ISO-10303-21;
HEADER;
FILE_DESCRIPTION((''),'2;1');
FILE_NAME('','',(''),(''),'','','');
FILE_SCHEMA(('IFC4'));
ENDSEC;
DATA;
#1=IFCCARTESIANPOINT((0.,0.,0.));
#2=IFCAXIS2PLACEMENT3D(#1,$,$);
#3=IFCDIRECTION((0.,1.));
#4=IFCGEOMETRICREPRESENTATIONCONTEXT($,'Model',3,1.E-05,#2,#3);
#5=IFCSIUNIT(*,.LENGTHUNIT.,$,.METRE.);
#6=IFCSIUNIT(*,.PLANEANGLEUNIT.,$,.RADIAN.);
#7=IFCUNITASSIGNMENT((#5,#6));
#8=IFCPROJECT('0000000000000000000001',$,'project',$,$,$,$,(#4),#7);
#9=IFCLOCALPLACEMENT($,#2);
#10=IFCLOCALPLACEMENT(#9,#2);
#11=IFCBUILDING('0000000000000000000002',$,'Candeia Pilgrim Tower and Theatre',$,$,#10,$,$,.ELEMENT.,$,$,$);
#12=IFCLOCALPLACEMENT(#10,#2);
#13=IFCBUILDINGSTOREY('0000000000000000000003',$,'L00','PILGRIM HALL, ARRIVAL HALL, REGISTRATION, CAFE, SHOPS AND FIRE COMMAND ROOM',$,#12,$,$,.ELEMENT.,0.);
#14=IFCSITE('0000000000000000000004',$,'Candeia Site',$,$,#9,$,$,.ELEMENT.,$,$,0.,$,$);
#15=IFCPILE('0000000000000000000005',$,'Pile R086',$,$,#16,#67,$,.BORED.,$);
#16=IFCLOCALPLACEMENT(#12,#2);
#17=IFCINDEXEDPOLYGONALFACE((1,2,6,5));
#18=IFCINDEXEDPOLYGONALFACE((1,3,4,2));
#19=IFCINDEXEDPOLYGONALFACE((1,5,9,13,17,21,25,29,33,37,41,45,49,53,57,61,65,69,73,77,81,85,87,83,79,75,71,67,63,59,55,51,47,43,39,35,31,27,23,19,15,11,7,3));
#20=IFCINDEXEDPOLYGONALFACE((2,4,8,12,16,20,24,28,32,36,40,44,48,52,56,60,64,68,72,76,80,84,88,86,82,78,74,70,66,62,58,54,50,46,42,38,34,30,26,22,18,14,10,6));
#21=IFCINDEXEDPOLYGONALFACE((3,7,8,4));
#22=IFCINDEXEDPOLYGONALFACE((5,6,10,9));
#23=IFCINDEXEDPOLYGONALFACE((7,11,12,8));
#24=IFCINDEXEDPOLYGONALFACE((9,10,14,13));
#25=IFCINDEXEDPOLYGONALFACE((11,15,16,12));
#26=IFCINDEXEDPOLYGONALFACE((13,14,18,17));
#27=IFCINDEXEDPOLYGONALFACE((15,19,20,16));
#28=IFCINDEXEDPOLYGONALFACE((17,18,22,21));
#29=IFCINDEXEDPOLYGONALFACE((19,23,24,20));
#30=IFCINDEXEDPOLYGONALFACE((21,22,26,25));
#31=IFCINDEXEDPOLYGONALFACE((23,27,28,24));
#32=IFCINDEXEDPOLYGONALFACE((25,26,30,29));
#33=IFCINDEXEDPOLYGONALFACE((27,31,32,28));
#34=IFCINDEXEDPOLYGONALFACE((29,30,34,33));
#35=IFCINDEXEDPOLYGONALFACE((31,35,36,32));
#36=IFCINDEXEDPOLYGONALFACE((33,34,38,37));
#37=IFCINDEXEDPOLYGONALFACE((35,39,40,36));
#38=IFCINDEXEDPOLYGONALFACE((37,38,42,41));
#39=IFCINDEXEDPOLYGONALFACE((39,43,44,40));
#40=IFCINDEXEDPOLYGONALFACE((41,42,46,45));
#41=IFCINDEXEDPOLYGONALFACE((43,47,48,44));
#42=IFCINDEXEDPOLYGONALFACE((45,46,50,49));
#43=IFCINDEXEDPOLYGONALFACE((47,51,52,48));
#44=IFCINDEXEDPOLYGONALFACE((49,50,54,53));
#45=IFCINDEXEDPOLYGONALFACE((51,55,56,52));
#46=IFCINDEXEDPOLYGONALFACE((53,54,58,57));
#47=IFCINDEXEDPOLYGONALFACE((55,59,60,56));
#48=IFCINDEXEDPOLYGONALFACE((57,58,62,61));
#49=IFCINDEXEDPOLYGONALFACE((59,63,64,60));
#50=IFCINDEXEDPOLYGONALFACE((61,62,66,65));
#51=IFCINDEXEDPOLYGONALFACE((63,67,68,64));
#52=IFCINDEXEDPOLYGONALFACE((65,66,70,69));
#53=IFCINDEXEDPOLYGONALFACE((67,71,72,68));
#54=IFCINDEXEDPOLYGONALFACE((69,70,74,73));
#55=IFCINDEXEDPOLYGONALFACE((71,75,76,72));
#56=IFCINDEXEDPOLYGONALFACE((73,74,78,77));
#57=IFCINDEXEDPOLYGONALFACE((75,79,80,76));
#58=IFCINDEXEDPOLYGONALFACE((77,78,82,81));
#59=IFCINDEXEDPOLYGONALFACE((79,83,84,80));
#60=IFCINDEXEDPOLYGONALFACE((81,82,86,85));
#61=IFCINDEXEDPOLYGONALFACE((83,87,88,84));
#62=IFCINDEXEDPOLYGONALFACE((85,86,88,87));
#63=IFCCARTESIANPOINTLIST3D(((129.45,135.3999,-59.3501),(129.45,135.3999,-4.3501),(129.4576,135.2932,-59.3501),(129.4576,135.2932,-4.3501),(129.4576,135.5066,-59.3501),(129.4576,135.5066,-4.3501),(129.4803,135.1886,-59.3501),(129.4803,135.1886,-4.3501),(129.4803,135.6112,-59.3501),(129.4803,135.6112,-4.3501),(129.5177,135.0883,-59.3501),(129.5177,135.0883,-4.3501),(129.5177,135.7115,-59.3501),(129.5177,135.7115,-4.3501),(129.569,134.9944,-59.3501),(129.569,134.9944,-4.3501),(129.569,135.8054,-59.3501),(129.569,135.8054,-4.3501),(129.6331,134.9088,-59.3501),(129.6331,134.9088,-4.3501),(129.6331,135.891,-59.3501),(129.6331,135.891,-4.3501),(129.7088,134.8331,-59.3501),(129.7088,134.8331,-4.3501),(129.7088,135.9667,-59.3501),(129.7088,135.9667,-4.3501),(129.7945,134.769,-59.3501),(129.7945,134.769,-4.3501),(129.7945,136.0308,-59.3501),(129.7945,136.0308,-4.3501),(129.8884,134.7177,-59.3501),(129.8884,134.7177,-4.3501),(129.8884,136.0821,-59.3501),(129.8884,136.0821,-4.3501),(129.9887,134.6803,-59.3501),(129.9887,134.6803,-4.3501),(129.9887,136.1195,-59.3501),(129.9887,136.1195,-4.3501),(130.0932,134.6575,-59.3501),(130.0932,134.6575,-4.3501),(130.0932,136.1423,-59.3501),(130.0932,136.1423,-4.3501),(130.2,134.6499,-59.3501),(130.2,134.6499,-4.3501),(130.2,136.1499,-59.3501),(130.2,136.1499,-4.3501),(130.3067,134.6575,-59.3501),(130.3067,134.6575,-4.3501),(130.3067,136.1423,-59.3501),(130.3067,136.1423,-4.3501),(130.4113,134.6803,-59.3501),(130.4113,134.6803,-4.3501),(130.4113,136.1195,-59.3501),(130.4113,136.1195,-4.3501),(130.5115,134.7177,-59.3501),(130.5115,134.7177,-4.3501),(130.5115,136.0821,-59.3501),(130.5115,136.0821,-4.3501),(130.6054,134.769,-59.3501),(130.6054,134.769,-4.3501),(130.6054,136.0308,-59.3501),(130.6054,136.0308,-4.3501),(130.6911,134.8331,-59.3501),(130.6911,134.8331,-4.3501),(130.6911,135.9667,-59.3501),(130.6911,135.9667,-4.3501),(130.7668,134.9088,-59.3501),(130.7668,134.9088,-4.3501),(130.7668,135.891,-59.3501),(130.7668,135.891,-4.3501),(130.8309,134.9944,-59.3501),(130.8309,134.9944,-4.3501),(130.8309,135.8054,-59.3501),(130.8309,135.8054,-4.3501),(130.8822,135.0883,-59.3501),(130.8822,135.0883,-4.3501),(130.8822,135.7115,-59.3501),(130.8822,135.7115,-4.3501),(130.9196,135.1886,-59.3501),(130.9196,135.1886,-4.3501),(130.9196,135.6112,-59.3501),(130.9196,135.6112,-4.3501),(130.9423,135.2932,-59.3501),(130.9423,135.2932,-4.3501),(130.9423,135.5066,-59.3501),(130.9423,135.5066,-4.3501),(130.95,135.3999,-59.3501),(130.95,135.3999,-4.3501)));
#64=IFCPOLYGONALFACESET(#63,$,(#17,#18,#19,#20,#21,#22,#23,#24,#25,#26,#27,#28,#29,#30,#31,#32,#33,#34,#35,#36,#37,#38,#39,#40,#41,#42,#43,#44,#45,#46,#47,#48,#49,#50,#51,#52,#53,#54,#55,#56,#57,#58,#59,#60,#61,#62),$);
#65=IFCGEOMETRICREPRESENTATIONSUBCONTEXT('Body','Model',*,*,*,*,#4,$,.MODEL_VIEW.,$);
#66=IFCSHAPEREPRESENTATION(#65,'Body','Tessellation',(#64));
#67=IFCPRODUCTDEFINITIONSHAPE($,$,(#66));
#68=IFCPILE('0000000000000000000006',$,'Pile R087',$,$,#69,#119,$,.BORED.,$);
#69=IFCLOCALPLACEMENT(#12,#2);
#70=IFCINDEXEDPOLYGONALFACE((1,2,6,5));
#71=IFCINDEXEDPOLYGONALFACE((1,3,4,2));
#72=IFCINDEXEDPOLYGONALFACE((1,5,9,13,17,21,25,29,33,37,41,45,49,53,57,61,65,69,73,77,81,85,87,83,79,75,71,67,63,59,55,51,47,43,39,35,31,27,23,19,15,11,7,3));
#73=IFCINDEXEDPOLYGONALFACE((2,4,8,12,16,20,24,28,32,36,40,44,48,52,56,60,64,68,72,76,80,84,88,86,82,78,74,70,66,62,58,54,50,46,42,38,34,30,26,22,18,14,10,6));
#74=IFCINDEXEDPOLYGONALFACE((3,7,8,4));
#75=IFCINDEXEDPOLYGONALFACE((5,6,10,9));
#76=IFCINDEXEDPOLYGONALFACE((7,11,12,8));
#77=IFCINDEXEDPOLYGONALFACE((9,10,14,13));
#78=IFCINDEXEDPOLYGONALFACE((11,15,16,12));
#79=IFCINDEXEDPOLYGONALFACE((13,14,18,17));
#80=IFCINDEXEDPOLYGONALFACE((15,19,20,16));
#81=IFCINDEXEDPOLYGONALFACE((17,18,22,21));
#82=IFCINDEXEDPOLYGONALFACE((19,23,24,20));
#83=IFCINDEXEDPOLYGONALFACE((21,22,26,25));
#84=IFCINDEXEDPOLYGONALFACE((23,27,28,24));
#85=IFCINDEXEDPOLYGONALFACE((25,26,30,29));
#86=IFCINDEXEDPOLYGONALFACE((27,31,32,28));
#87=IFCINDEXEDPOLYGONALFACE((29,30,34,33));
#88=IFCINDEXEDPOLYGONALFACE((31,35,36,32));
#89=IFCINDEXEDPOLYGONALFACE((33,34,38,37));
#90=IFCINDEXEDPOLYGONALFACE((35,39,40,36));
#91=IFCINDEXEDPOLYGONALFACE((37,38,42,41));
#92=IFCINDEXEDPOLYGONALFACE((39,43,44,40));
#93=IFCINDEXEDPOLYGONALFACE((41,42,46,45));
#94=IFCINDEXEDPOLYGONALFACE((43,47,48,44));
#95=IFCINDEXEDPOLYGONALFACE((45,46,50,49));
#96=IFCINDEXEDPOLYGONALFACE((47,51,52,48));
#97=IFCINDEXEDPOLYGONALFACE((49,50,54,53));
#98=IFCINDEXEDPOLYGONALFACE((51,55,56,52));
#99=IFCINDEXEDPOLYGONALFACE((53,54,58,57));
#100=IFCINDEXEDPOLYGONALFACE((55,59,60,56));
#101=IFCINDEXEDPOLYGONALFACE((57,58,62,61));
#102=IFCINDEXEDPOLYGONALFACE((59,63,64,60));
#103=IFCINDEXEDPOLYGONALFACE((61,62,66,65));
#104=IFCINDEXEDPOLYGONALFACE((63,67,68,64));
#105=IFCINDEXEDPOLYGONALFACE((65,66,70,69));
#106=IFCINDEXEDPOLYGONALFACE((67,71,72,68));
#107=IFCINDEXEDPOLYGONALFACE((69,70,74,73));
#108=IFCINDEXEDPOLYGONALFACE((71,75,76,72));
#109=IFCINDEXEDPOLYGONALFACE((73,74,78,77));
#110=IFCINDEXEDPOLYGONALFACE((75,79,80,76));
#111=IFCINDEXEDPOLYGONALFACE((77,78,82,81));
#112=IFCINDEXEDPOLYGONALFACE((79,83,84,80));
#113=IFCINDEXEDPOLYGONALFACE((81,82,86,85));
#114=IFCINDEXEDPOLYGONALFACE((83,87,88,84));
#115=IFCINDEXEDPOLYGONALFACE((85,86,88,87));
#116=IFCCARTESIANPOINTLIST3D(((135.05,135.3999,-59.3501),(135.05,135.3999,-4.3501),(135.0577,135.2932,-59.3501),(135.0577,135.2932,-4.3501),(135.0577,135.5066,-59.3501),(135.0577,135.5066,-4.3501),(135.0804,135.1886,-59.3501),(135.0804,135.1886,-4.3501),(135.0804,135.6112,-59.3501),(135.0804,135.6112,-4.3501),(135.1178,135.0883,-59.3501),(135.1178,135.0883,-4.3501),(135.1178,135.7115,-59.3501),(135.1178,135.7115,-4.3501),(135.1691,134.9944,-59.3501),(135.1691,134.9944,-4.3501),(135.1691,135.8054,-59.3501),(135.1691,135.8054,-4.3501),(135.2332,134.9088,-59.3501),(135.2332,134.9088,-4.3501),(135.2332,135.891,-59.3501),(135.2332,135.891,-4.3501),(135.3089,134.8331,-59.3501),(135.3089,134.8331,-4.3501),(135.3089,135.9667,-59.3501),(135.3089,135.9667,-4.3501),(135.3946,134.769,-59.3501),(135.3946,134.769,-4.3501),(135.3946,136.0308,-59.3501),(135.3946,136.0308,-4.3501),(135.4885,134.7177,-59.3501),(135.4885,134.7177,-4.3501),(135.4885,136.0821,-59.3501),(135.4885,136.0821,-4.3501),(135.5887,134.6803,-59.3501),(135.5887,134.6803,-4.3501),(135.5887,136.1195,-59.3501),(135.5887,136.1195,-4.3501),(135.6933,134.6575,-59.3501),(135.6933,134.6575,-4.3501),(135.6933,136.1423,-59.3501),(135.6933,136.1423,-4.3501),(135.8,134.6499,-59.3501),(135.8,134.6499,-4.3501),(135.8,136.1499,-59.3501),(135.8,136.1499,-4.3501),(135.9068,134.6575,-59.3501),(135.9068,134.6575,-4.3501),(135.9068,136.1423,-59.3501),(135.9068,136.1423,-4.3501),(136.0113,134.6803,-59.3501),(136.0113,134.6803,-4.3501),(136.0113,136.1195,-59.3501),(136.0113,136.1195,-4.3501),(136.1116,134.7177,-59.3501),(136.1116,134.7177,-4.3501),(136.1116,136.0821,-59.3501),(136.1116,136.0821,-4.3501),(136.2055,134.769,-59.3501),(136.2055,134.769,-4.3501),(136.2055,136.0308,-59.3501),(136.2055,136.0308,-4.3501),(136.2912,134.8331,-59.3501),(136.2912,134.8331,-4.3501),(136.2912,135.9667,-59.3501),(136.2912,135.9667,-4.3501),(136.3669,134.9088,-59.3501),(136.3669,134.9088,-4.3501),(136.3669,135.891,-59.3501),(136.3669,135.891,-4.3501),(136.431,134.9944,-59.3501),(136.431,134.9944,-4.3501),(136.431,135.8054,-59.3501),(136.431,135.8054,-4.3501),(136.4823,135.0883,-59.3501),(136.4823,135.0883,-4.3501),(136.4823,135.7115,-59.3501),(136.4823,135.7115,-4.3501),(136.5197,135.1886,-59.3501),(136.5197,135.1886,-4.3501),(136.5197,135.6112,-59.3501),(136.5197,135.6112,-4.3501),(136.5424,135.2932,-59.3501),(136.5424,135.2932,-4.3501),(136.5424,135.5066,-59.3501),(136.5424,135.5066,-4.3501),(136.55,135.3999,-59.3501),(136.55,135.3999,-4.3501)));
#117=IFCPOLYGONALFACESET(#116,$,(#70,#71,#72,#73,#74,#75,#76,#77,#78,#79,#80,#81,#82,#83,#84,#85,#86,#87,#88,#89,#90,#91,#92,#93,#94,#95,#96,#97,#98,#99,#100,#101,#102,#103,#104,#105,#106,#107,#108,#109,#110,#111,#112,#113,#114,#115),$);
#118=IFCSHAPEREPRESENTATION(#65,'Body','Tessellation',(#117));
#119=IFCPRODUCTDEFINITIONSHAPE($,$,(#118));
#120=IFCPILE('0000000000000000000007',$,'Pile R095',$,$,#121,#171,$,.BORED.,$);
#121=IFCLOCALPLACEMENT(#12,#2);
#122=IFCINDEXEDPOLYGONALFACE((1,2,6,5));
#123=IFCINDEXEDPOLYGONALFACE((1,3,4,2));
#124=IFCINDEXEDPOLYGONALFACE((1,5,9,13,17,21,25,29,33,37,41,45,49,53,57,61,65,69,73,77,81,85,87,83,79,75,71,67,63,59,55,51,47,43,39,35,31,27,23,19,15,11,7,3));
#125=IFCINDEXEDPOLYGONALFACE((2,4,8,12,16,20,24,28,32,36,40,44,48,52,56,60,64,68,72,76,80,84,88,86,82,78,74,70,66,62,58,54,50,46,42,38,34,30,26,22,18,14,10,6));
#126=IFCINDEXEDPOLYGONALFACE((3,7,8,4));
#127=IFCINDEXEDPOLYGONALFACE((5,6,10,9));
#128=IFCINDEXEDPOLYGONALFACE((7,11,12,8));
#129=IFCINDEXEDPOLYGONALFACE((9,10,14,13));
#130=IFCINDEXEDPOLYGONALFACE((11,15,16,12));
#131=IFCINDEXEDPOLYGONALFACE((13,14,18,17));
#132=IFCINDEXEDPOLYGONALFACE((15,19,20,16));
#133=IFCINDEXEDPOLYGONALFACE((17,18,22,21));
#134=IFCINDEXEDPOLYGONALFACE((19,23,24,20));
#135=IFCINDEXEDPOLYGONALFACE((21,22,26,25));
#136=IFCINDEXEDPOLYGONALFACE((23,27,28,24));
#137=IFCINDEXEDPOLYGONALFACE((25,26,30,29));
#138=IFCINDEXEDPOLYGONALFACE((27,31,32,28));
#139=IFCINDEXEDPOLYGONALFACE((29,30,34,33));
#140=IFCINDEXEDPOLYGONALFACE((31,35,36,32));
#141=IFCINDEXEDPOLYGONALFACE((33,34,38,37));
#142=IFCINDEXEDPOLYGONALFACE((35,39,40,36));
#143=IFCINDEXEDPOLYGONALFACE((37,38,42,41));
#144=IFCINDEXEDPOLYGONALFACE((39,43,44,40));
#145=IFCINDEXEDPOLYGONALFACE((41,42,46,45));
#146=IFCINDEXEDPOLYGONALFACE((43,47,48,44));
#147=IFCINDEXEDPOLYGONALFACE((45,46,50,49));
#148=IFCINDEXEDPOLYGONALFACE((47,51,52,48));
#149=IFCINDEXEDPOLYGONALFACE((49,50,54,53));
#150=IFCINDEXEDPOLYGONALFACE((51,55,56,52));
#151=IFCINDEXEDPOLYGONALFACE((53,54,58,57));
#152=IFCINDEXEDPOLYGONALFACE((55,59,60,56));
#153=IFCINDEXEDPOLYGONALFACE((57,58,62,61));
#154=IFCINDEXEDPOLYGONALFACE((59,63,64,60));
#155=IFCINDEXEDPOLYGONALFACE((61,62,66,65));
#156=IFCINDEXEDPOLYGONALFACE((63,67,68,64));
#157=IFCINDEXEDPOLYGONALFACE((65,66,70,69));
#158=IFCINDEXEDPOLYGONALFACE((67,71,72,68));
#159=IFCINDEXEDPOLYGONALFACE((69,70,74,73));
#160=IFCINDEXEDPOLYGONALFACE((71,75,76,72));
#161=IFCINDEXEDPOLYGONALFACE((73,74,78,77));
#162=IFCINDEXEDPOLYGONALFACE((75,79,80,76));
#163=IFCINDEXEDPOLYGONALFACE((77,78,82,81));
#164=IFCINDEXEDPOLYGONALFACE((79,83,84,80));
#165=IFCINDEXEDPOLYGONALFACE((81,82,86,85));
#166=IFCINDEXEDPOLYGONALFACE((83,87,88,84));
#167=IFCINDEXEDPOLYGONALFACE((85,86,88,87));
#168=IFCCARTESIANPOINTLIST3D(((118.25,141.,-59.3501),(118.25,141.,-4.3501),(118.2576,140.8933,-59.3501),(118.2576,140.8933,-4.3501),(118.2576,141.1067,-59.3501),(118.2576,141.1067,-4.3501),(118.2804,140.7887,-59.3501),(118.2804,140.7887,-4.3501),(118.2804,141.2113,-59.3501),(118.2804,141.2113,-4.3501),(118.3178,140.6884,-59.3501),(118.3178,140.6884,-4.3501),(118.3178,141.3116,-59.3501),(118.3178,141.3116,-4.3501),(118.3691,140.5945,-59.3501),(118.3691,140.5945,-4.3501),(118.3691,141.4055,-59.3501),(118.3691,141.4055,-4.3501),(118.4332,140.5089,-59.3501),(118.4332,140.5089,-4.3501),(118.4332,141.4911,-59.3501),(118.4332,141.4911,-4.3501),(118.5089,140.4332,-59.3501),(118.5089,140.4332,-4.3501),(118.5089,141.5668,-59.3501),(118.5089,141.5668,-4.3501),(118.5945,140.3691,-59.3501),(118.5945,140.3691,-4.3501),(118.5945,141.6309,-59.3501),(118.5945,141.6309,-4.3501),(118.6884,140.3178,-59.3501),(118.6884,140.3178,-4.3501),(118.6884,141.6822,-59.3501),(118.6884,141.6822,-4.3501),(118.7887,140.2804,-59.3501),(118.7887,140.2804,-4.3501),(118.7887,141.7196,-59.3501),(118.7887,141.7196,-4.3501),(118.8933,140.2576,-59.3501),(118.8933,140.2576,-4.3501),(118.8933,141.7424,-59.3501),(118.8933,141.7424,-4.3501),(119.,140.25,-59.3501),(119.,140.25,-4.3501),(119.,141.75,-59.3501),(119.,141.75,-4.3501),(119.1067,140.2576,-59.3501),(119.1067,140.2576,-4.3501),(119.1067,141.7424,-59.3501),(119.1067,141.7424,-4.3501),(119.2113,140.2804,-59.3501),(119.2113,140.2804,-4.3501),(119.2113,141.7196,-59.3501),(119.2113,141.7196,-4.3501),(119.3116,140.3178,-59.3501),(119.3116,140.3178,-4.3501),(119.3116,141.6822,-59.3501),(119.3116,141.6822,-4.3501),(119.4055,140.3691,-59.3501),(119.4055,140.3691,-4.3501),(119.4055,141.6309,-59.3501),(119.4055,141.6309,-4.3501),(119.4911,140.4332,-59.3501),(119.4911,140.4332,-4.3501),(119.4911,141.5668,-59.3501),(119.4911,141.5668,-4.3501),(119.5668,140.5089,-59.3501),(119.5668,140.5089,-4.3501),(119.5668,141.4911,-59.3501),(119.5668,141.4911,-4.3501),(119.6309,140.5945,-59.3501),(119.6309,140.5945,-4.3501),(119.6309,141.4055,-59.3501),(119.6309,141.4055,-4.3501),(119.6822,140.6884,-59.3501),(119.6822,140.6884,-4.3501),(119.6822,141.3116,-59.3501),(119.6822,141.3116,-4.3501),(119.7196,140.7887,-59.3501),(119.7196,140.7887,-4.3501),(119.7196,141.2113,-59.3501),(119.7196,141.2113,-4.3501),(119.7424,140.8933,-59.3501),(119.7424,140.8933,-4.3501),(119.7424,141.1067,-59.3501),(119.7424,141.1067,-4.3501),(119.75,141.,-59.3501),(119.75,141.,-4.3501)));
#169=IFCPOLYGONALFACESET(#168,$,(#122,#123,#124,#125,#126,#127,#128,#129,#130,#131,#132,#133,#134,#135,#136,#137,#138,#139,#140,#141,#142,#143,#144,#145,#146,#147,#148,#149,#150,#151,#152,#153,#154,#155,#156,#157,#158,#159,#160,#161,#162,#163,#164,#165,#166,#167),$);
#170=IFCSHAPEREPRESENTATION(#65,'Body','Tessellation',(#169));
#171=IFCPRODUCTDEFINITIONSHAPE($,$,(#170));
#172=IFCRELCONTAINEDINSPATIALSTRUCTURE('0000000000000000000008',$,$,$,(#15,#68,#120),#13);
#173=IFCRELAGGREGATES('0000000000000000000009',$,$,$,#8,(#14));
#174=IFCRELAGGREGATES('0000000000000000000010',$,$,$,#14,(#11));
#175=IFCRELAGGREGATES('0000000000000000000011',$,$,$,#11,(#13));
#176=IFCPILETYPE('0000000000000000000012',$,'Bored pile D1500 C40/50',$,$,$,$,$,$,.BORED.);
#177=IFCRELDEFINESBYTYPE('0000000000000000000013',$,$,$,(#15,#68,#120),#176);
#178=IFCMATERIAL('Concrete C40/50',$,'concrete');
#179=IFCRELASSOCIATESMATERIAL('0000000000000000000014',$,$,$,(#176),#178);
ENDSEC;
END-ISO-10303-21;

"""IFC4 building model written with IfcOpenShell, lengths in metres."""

from ifc_helpers import new_model, si_unit, direction, frame, origin, origin_2d, place, context, subcontext, project, spatial, circle, extrude, material, material_profile, profile_set, type_object, element, save


model = new_model("IFC4")

# Units and contexts
model_context = context("Model", 3, precision=1e-05, world=origin(), true_north=direction((0.0, 1.0)))
body_context = subcontext(model_context, "Body", "Model", "MODEL_VIEW")
ifc_project = project(units=[si_unit("LENGTHUNIT", "METRE"), si_unit("PLANEANGLEUNIT", "RADIAN")], contexts=[model_context])

# Site, building, storey
site_placement = place(None, origin())
site = spatial("IfcSite", under=ifc_project, at=site_placement, Name="Candeia Site", CompositionType="ELEMENT", RefElevation=0.0)
building_placement = place(site_placement, origin())
building = spatial("IfcBuilding", under=site, at=building_placement, Name="Candeia Pilgrim Tower and Theatre", CompositionType="ELEMENT")
storey_placement = place(building_placement, origin())
storey = spatial("IfcBuildingStorey", under=building, at=storey_placement, Name="L00", Description="PILGRIM HALL, ARRIVAL HALL, REGISTRATION, CAFE, SHOPS AND FIRE COMMAND ROOM", CompositionType="ELEMENT", Elevation=0.0)

# Piles
ifc_material_1 = material(Name="Concrete C40/50", Category="concrete")
ifc_material_profile_1 = material_profile(ifc_material_1, circle(Radius=0.75, at=origin_2d()))
ifc_profile_set_1 = profile_set([ifc_material_profile_1], Name="Concrete C40/50")
pile_type = type_object("IfcPileType", Name="Bored pile D1500 C40/50", PredefinedType="BORED", material=ifc_profile_set_1)
for number, where, z_axis, x_axis, name in (
    (1, (130.2, 135.3999, -4.3501), (0.0, 0.0, -1.0), (1.0, 0.0, 0.0), "Pile R086"),
    (2, (135.8, 135.3999, -4.3501), (0.0, 0.0, -1.0), (1.0, 0.0, 0.0), "Pile R087"),
    (3, (119.0, 141.0, -4.3501), (0.0, 0.0, -1.0), (1.0, 0.0, 0.0), "Pile R095"),
):
    element("IfcPile", number, at=place(storey_placement, frame(where, z_axis=z_axis, x_axis=x_axis)), inside=storey, type_object=pile_type, Name=name, PredefinedType="BORED", context=body_context, shape_type="SweptSolid", body=[
        extrude(circle(Radius=0.75, at=origin_2d()), origin(), (0.0, 0.0, 1.0), 55.0),
    ])

save(model, "model.ifc")
